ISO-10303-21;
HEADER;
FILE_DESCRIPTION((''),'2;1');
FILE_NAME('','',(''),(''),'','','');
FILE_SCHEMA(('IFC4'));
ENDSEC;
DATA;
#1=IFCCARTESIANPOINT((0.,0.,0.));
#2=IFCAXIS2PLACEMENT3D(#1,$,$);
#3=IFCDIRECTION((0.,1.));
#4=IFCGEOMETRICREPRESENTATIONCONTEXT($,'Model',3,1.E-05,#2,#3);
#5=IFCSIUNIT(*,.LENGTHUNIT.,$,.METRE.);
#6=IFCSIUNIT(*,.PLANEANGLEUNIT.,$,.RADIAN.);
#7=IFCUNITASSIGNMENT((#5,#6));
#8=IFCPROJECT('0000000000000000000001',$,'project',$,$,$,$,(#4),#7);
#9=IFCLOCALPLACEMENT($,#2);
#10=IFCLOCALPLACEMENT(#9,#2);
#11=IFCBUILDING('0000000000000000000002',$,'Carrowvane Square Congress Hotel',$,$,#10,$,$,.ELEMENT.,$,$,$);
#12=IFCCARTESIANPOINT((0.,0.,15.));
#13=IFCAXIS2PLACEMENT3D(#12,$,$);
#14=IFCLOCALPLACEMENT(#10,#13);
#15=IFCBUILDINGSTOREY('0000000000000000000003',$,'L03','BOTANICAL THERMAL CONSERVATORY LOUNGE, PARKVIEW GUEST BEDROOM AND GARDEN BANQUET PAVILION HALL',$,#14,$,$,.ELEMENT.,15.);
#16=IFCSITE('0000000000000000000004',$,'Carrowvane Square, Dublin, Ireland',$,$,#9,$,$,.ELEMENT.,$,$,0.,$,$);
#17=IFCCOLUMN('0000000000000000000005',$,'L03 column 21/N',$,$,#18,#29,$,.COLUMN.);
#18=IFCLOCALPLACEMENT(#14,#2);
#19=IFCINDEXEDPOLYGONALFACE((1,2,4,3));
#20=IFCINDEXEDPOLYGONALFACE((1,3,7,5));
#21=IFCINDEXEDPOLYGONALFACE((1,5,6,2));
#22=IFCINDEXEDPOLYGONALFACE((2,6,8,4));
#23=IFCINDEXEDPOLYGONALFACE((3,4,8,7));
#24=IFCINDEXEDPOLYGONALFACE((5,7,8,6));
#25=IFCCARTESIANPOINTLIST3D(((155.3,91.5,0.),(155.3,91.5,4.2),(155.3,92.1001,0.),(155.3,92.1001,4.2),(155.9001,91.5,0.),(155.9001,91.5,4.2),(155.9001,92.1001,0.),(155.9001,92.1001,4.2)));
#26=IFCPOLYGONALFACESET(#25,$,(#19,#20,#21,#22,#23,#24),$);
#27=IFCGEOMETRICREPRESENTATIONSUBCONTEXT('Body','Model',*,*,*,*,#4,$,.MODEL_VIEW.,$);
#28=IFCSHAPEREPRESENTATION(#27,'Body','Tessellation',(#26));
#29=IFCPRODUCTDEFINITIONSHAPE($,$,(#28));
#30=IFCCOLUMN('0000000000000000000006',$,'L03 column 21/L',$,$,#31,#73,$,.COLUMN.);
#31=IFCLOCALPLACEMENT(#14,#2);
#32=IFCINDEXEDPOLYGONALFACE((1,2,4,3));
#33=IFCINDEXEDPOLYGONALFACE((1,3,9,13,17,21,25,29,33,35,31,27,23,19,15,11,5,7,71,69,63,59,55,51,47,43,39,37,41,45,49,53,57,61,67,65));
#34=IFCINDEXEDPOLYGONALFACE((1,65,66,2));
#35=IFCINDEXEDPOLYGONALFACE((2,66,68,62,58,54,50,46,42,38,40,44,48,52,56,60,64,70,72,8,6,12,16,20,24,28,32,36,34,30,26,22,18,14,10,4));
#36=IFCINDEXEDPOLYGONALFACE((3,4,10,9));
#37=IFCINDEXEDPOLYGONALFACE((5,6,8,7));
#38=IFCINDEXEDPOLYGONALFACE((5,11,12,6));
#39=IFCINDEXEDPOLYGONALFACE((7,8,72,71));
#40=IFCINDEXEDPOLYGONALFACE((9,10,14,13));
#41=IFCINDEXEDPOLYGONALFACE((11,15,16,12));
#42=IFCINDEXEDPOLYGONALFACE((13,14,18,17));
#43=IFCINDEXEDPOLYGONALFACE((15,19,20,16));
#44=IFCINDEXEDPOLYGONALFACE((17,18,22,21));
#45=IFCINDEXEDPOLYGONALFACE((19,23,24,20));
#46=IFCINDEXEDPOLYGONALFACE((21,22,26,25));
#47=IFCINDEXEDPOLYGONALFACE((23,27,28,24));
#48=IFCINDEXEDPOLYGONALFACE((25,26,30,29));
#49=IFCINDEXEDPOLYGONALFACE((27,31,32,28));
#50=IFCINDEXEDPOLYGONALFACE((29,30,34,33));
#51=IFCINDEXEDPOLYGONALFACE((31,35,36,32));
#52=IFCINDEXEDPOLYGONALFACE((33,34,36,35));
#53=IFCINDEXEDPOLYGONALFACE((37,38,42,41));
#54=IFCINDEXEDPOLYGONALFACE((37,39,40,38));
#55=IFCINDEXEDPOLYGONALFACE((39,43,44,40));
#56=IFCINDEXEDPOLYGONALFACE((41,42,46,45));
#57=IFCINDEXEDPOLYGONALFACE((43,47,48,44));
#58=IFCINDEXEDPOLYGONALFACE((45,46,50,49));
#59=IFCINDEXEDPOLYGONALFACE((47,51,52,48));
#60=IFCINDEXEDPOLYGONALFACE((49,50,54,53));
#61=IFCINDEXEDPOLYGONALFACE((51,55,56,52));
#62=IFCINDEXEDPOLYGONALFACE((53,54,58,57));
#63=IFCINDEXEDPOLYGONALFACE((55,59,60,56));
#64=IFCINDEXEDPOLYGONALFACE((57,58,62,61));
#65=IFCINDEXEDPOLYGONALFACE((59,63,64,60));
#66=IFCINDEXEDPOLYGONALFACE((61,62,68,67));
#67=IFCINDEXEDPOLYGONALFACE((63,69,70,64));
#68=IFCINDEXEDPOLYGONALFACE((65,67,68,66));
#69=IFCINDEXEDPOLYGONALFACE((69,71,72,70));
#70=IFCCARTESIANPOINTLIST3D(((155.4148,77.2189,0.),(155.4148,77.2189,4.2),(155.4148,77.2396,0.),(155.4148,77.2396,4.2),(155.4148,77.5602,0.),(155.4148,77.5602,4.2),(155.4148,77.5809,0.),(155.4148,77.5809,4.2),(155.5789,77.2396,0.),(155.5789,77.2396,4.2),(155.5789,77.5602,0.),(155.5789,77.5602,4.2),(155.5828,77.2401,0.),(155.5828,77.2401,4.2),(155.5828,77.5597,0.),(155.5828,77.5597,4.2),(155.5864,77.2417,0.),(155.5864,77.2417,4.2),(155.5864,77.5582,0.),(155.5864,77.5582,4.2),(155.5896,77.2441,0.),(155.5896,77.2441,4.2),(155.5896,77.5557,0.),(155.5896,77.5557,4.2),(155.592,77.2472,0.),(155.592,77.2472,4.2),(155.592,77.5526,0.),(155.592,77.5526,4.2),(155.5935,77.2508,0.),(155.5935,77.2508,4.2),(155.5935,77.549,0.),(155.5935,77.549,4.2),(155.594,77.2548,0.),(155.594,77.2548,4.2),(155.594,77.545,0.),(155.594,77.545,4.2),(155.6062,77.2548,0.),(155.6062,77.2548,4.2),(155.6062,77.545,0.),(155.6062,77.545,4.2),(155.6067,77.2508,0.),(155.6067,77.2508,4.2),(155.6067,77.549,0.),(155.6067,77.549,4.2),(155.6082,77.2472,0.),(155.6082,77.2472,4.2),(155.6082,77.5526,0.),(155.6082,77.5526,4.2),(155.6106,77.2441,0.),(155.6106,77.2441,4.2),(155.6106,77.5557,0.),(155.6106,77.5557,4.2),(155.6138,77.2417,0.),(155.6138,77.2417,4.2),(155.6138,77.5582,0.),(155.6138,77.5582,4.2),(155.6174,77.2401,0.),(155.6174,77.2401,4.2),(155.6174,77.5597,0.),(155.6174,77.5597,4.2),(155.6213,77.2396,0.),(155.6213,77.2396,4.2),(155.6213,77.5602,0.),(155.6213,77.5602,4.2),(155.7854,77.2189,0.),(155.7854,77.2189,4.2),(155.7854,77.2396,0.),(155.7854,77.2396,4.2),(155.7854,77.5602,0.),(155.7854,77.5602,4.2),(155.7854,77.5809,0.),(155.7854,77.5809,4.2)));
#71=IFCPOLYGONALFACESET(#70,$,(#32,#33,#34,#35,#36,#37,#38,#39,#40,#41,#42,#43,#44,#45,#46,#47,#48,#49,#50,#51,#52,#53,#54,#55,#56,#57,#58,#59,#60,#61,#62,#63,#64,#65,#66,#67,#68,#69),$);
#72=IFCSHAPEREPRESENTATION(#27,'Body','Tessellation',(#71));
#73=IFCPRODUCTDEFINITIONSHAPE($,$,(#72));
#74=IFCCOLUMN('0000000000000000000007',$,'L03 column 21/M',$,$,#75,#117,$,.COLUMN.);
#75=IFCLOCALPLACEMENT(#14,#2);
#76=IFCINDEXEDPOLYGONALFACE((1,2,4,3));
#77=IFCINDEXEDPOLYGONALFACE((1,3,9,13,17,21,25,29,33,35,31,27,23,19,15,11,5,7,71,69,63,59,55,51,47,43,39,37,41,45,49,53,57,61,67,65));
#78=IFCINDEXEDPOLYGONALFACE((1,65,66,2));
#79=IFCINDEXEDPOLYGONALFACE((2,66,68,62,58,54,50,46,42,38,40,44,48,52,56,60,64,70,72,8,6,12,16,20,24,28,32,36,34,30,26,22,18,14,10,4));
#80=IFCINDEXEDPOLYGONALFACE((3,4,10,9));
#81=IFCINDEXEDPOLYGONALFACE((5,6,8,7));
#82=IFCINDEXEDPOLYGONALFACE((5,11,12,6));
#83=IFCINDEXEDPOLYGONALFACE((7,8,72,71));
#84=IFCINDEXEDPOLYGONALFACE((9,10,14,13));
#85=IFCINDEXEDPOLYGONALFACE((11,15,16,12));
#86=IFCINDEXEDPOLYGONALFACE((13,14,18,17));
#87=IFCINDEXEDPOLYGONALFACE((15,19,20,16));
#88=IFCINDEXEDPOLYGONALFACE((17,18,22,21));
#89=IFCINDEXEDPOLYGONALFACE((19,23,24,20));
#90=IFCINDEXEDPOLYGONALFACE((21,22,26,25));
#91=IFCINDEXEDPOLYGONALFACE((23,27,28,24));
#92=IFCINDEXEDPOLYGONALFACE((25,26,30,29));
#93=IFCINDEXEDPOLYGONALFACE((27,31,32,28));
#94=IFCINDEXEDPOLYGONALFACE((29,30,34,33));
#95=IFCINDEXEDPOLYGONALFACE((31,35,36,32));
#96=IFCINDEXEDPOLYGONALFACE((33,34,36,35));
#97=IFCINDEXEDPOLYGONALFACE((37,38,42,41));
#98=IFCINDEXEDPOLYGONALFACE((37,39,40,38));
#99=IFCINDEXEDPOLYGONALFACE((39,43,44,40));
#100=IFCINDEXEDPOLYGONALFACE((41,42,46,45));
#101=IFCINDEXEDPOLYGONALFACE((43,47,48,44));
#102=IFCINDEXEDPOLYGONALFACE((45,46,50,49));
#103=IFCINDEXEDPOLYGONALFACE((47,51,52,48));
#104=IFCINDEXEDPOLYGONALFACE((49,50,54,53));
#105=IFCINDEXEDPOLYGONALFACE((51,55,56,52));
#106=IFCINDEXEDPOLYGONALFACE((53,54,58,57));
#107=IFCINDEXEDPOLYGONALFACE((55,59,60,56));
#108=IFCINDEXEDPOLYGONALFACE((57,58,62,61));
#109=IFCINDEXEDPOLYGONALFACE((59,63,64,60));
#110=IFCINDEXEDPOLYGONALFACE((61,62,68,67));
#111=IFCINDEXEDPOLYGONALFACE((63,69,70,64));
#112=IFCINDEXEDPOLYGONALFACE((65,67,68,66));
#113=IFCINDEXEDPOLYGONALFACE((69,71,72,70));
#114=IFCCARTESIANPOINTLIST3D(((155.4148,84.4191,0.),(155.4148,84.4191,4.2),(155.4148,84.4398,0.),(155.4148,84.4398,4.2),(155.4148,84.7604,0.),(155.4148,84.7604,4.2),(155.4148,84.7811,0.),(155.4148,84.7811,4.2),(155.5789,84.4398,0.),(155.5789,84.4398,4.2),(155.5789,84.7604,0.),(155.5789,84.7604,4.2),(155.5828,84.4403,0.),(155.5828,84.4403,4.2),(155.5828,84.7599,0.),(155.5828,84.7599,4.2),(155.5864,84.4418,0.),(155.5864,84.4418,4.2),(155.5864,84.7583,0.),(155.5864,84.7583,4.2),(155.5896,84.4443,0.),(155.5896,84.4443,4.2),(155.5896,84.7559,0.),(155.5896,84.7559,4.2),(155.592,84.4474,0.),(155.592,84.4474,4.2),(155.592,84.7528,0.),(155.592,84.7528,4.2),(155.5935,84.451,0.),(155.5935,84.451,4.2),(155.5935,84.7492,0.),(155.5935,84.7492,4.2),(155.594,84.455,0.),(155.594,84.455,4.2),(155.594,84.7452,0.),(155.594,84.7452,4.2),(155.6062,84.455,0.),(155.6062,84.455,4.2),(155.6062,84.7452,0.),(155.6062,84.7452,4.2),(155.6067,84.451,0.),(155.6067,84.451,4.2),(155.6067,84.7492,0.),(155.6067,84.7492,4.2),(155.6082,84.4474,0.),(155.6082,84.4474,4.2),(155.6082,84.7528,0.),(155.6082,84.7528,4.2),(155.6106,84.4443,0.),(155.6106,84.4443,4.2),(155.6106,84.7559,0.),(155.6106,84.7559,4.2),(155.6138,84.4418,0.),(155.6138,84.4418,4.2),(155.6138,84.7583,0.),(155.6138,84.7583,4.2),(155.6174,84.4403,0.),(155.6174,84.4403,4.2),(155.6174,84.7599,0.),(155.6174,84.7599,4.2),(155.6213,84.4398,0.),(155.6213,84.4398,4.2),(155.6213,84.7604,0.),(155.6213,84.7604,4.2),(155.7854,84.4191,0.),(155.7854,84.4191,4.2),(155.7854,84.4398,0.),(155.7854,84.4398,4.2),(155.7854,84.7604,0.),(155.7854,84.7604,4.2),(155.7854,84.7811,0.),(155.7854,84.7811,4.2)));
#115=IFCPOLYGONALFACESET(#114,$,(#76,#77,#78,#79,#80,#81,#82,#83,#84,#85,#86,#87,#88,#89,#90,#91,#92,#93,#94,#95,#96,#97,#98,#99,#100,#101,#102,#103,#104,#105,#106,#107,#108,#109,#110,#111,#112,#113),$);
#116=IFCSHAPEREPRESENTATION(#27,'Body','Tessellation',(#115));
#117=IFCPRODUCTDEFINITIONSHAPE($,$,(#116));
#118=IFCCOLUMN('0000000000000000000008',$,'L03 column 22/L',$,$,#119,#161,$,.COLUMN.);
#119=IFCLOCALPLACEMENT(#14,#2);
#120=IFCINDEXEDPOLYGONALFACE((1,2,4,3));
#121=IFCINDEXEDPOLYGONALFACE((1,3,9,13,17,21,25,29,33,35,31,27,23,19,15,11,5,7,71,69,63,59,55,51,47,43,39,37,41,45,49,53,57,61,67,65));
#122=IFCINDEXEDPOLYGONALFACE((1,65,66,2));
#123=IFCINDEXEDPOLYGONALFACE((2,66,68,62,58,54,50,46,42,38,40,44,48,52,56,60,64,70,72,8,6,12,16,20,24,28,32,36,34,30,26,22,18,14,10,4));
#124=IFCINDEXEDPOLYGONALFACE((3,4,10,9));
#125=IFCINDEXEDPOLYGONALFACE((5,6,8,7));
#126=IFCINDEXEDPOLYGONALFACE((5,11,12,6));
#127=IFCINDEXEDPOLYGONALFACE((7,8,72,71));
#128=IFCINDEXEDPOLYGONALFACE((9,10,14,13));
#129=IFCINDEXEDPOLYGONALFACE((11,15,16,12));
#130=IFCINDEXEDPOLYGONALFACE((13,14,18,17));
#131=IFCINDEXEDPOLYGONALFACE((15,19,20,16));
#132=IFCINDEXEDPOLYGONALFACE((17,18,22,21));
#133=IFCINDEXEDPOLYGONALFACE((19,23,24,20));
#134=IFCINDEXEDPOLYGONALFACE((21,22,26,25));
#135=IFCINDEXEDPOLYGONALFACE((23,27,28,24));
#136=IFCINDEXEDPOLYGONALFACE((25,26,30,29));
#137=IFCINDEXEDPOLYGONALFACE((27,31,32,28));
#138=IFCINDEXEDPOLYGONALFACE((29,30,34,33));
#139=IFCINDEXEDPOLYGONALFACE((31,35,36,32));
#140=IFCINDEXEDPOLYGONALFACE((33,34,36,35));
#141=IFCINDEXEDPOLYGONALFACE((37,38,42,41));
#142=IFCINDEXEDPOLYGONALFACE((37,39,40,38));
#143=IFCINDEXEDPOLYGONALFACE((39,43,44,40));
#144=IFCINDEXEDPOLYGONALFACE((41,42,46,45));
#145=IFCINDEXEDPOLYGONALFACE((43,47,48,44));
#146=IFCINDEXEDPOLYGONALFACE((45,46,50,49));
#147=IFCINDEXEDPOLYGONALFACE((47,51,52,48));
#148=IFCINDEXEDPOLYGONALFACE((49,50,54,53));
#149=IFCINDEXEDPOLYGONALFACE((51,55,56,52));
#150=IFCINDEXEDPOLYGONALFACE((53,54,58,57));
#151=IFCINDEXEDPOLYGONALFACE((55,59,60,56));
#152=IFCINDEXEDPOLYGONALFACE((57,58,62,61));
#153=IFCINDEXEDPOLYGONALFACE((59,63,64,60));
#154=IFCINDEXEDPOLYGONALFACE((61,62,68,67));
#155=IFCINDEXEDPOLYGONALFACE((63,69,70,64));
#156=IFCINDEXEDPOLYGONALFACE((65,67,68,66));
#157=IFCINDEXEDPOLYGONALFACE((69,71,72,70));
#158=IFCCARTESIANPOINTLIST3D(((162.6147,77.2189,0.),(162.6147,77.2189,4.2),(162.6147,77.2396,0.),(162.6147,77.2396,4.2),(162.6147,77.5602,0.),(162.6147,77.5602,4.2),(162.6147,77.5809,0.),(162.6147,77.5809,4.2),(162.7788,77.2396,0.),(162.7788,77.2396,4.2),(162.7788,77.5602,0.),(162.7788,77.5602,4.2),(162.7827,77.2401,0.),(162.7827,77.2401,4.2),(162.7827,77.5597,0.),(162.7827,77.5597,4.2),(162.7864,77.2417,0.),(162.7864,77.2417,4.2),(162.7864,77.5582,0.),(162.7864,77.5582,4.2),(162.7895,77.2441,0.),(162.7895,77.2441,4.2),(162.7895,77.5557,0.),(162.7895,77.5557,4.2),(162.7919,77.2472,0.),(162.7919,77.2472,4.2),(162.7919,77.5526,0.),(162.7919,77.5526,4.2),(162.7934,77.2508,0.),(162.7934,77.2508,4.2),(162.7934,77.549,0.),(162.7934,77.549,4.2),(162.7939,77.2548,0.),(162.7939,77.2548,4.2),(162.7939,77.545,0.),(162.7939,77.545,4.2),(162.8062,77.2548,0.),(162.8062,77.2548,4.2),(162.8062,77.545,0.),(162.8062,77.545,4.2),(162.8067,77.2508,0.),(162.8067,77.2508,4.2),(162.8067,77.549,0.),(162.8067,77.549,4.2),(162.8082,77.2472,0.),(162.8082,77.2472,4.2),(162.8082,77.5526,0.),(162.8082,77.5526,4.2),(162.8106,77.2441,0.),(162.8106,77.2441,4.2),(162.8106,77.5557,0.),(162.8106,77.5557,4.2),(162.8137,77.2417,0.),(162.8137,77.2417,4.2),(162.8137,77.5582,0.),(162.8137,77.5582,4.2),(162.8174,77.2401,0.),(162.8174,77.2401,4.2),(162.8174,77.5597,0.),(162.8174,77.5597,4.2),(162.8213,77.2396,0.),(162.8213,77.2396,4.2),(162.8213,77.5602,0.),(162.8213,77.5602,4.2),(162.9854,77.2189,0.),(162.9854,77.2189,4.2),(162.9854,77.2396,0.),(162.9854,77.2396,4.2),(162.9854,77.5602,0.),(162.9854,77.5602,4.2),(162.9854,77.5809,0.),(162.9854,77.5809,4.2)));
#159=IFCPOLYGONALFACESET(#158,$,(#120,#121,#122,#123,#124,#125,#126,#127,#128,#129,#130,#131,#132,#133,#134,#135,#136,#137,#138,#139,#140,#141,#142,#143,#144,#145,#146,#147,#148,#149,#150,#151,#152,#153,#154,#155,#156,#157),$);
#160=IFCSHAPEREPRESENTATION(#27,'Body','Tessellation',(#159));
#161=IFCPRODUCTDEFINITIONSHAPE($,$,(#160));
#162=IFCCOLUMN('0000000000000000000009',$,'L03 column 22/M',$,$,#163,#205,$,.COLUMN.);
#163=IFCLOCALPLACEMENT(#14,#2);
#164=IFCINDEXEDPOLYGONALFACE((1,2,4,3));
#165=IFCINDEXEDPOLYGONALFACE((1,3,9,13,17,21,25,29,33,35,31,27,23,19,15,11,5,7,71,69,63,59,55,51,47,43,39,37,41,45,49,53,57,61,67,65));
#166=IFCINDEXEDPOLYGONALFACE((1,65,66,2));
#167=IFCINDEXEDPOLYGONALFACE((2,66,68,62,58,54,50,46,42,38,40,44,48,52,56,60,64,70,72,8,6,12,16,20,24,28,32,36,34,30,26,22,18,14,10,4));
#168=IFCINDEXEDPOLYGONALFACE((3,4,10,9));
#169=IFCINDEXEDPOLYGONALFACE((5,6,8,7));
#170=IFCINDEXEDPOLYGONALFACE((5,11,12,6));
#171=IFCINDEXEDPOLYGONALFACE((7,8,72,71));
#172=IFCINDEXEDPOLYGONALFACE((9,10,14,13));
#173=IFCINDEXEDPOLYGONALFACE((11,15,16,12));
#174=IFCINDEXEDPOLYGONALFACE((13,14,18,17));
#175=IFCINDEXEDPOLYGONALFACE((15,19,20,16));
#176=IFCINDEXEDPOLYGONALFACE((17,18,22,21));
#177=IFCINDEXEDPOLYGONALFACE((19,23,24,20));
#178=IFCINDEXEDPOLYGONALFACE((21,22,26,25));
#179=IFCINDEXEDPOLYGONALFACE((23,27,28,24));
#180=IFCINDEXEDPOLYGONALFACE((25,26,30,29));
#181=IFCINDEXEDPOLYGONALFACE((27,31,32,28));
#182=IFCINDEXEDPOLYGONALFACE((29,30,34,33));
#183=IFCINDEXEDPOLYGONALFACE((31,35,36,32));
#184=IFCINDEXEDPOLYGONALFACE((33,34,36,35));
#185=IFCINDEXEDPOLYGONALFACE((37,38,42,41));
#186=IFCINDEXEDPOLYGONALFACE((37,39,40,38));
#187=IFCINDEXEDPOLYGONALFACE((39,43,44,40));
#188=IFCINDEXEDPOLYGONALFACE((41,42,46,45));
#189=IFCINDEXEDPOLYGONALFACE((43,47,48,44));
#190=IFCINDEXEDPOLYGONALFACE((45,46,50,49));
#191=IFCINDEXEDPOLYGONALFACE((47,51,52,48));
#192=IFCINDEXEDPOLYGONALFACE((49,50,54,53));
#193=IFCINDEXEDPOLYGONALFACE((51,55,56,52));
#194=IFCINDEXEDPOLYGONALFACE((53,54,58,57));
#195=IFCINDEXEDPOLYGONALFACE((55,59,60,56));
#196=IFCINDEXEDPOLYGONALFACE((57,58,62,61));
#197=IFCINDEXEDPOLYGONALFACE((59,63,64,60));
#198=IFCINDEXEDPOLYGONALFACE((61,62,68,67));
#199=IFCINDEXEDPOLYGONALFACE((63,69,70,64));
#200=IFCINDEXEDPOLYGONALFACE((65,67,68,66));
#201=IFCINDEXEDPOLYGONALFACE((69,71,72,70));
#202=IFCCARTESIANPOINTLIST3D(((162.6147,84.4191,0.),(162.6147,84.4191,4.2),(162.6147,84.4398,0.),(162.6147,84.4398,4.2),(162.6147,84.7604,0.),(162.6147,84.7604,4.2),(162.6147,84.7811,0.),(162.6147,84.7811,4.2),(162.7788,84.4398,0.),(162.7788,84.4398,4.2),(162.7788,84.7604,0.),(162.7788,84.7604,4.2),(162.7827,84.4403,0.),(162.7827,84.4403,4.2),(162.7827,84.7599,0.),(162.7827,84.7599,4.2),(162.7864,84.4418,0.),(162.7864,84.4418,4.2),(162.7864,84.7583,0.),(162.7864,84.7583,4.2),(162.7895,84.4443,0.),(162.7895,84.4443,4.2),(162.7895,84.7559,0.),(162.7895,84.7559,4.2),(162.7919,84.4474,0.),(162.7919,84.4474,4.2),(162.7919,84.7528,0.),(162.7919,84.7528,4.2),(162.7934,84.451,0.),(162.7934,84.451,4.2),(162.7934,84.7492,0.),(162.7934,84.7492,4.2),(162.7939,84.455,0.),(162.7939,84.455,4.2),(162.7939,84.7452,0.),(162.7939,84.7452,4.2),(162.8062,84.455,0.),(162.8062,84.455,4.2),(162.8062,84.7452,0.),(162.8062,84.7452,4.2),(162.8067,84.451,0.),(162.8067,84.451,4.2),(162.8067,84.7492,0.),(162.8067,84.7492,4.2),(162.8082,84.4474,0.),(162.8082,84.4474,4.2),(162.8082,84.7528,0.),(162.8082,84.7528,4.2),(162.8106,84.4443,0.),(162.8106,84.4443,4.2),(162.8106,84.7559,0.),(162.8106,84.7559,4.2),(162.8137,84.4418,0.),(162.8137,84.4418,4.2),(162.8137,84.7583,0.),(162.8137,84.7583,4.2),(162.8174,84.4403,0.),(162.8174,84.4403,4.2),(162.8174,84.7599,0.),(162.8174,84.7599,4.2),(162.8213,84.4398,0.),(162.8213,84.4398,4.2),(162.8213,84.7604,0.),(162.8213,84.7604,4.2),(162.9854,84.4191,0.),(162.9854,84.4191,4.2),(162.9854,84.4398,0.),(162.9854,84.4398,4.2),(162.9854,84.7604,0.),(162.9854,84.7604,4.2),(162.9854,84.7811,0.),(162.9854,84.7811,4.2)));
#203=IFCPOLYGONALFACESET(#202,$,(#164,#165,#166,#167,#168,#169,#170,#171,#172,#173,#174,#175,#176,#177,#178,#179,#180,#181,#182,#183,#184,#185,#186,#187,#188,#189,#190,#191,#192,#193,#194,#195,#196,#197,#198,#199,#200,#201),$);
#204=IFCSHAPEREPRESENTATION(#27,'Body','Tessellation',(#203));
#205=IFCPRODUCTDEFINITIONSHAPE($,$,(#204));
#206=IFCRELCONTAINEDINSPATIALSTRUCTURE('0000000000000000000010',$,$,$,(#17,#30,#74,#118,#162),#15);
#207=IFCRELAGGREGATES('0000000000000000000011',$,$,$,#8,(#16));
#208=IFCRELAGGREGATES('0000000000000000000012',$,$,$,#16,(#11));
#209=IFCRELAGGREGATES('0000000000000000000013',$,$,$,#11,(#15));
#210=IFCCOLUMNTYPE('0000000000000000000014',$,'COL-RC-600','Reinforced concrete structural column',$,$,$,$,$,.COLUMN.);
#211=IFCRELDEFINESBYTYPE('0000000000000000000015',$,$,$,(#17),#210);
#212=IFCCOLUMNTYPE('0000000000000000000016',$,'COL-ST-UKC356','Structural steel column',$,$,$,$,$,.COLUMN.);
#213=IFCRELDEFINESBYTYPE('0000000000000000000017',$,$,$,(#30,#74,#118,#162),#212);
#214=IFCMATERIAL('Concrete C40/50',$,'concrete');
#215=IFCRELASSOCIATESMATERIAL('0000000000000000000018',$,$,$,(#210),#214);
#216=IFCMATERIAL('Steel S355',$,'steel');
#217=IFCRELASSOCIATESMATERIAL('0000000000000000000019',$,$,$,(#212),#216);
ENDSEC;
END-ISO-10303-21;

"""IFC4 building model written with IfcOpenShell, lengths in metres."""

from ifc_helpers import new_model, si_unit, direction, frame, origin, origin_2d, place, context, subcontext, project, spatial, rectangle, i_section, extrude, material, material_profile, profile_set, type_object, element, save


model = new_model("IFC4")

# Units and contexts
model_context = context("Model", 3, precision=1e-05, world=origin(), true_north=direction((0.0, 1.0)))
body_context = subcontext(model_context, "Body", "Model", "MODEL_VIEW")
ifc_project = project(units=[si_unit("LENGTHUNIT", "METRE"), si_unit("PLANEANGLEUNIT", "RADIAN")], contexts=[model_context])

# Site, building, storey
site_placement = place(None, origin())
site = spatial("IfcSite", under=ifc_project, at=site_placement, Name="Carrowvane Square, Dublin, Ireland", CompositionType="ELEMENT", RefElevation=0.0)
building_placement = place(site_placement, origin())
building = spatial("IfcBuilding", under=site, at=building_placement, Name="Carrowvane Square Congress Hotel", CompositionType="ELEMENT")
storey_placement = place(building_placement, frame((0.0, 0.0, 15.0)))
storey = spatial("IfcBuildingStorey", under=building, at=storey_placement, Name="L03", Description="BOTANICAL THERMAL CONSERVATORY LOUNGE, PARKVIEW GUEST BEDROOM AND GARDEN BANQUET PAVILION HALL", CompositionType="ELEMENT", Elevation=15.0)

# Columns
ifc_material_1 = material(Name="Concrete C40/50", Category="concrete")
ifc_material_profile_1 = material_profile(ifc_material_1, rectangle(XDim=0.6001, YDim=0.6001, at=origin_2d()), Name="RC 600x600")
ifc_profile_set_1 = profile_set([ifc_material_profile_1], Name="Concrete C40/50")
column_type_1 = type_object("IfcColumnType", Name="COL-RC-600", Description="Reinforced concrete structural column", PredefinedType="COLUMN", material=ifc_profile_set_1)
column_placement = place(storey_placement, frame((155.6001, 91.8, 0.0), z_axis=(0.0, 0.0, 1.0), x_axis=(1.0, 0.0, 0.0)))
element("IfcColumn", 1, at=column_placement, inside=storey, type_object=column_type_1, Name="L03 column 21/N", PredefinedType="COLUMN", context=body_context, shape_type="SweptSolid", body=[
    extrude(rectangle(XDim=0.6001, YDim=0.6001, at=origin_2d()), origin(), (0.0, 0.0, 1.0), 4.2),
])
ifc_material_2 = material(Name="Steel S355", Category="steel")
ifc_material_profile_2 = material_profile(ifc_material_2, i_section(OverallWidth=0.3706, OverallDepth=0.3621, WebThickness=0.0122, FlangeThickness=0.0208, FilletRadius=0.0151, at=origin_2d()), Name="UKC 356x368x153")
ifc_profile_set_2 = profile_set([ifc_material_profile_2], Name="Steel S355")
column_type_2 = type_object("IfcColumnType", Name="COL-ST-UKC356", Description="Structural steel column", PredefinedType="COLUMN", material=ifc_profile_set_2)
for number, where, z_axis, x_axis, name in (
    (2, (155.6001, 77.3999, 0.0), (0.0, 0.0, 1.0), (1.0, 0.0, 0.0), "L03 column 21/L"),
    (3, (155.6001, 84.6001, 0.0), (0.0, 0.0, 1.0), (1.0, 0.0, 0.0), "L03 column 21/M"),
    (4, (162.8, 77.3999, 0.0), (0.0, 0.0, 1.0), (1.0, 0.0, 0.0), "L03 column 22/L"),
    (5, (162.8, 84.6001, 0.0), (0.0, 0.0, 1.0), (1.0, 0.0, 0.0), "L03 column 22/M"),
):
    element("IfcColumn", number, at=place(storey_placement, frame(where, z_axis=z_axis, x_axis=x_axis)), inside=storey, type_object=column_type_2, Name=name, PredefinedType="COLUMN", context=body_context, shape_type="SweptSolid", body=[
        extrude(i_section(OverallWidth=0.3706, OverallDepth=0.3621, WebThickness=0.0122, FlangeThickness=0.0208, FilletRadius=0.0151, at=origin_2d()), origin(), (0.0, 0.0, 1.0), 4.2),
    ])

save(model, "model.ifc")
